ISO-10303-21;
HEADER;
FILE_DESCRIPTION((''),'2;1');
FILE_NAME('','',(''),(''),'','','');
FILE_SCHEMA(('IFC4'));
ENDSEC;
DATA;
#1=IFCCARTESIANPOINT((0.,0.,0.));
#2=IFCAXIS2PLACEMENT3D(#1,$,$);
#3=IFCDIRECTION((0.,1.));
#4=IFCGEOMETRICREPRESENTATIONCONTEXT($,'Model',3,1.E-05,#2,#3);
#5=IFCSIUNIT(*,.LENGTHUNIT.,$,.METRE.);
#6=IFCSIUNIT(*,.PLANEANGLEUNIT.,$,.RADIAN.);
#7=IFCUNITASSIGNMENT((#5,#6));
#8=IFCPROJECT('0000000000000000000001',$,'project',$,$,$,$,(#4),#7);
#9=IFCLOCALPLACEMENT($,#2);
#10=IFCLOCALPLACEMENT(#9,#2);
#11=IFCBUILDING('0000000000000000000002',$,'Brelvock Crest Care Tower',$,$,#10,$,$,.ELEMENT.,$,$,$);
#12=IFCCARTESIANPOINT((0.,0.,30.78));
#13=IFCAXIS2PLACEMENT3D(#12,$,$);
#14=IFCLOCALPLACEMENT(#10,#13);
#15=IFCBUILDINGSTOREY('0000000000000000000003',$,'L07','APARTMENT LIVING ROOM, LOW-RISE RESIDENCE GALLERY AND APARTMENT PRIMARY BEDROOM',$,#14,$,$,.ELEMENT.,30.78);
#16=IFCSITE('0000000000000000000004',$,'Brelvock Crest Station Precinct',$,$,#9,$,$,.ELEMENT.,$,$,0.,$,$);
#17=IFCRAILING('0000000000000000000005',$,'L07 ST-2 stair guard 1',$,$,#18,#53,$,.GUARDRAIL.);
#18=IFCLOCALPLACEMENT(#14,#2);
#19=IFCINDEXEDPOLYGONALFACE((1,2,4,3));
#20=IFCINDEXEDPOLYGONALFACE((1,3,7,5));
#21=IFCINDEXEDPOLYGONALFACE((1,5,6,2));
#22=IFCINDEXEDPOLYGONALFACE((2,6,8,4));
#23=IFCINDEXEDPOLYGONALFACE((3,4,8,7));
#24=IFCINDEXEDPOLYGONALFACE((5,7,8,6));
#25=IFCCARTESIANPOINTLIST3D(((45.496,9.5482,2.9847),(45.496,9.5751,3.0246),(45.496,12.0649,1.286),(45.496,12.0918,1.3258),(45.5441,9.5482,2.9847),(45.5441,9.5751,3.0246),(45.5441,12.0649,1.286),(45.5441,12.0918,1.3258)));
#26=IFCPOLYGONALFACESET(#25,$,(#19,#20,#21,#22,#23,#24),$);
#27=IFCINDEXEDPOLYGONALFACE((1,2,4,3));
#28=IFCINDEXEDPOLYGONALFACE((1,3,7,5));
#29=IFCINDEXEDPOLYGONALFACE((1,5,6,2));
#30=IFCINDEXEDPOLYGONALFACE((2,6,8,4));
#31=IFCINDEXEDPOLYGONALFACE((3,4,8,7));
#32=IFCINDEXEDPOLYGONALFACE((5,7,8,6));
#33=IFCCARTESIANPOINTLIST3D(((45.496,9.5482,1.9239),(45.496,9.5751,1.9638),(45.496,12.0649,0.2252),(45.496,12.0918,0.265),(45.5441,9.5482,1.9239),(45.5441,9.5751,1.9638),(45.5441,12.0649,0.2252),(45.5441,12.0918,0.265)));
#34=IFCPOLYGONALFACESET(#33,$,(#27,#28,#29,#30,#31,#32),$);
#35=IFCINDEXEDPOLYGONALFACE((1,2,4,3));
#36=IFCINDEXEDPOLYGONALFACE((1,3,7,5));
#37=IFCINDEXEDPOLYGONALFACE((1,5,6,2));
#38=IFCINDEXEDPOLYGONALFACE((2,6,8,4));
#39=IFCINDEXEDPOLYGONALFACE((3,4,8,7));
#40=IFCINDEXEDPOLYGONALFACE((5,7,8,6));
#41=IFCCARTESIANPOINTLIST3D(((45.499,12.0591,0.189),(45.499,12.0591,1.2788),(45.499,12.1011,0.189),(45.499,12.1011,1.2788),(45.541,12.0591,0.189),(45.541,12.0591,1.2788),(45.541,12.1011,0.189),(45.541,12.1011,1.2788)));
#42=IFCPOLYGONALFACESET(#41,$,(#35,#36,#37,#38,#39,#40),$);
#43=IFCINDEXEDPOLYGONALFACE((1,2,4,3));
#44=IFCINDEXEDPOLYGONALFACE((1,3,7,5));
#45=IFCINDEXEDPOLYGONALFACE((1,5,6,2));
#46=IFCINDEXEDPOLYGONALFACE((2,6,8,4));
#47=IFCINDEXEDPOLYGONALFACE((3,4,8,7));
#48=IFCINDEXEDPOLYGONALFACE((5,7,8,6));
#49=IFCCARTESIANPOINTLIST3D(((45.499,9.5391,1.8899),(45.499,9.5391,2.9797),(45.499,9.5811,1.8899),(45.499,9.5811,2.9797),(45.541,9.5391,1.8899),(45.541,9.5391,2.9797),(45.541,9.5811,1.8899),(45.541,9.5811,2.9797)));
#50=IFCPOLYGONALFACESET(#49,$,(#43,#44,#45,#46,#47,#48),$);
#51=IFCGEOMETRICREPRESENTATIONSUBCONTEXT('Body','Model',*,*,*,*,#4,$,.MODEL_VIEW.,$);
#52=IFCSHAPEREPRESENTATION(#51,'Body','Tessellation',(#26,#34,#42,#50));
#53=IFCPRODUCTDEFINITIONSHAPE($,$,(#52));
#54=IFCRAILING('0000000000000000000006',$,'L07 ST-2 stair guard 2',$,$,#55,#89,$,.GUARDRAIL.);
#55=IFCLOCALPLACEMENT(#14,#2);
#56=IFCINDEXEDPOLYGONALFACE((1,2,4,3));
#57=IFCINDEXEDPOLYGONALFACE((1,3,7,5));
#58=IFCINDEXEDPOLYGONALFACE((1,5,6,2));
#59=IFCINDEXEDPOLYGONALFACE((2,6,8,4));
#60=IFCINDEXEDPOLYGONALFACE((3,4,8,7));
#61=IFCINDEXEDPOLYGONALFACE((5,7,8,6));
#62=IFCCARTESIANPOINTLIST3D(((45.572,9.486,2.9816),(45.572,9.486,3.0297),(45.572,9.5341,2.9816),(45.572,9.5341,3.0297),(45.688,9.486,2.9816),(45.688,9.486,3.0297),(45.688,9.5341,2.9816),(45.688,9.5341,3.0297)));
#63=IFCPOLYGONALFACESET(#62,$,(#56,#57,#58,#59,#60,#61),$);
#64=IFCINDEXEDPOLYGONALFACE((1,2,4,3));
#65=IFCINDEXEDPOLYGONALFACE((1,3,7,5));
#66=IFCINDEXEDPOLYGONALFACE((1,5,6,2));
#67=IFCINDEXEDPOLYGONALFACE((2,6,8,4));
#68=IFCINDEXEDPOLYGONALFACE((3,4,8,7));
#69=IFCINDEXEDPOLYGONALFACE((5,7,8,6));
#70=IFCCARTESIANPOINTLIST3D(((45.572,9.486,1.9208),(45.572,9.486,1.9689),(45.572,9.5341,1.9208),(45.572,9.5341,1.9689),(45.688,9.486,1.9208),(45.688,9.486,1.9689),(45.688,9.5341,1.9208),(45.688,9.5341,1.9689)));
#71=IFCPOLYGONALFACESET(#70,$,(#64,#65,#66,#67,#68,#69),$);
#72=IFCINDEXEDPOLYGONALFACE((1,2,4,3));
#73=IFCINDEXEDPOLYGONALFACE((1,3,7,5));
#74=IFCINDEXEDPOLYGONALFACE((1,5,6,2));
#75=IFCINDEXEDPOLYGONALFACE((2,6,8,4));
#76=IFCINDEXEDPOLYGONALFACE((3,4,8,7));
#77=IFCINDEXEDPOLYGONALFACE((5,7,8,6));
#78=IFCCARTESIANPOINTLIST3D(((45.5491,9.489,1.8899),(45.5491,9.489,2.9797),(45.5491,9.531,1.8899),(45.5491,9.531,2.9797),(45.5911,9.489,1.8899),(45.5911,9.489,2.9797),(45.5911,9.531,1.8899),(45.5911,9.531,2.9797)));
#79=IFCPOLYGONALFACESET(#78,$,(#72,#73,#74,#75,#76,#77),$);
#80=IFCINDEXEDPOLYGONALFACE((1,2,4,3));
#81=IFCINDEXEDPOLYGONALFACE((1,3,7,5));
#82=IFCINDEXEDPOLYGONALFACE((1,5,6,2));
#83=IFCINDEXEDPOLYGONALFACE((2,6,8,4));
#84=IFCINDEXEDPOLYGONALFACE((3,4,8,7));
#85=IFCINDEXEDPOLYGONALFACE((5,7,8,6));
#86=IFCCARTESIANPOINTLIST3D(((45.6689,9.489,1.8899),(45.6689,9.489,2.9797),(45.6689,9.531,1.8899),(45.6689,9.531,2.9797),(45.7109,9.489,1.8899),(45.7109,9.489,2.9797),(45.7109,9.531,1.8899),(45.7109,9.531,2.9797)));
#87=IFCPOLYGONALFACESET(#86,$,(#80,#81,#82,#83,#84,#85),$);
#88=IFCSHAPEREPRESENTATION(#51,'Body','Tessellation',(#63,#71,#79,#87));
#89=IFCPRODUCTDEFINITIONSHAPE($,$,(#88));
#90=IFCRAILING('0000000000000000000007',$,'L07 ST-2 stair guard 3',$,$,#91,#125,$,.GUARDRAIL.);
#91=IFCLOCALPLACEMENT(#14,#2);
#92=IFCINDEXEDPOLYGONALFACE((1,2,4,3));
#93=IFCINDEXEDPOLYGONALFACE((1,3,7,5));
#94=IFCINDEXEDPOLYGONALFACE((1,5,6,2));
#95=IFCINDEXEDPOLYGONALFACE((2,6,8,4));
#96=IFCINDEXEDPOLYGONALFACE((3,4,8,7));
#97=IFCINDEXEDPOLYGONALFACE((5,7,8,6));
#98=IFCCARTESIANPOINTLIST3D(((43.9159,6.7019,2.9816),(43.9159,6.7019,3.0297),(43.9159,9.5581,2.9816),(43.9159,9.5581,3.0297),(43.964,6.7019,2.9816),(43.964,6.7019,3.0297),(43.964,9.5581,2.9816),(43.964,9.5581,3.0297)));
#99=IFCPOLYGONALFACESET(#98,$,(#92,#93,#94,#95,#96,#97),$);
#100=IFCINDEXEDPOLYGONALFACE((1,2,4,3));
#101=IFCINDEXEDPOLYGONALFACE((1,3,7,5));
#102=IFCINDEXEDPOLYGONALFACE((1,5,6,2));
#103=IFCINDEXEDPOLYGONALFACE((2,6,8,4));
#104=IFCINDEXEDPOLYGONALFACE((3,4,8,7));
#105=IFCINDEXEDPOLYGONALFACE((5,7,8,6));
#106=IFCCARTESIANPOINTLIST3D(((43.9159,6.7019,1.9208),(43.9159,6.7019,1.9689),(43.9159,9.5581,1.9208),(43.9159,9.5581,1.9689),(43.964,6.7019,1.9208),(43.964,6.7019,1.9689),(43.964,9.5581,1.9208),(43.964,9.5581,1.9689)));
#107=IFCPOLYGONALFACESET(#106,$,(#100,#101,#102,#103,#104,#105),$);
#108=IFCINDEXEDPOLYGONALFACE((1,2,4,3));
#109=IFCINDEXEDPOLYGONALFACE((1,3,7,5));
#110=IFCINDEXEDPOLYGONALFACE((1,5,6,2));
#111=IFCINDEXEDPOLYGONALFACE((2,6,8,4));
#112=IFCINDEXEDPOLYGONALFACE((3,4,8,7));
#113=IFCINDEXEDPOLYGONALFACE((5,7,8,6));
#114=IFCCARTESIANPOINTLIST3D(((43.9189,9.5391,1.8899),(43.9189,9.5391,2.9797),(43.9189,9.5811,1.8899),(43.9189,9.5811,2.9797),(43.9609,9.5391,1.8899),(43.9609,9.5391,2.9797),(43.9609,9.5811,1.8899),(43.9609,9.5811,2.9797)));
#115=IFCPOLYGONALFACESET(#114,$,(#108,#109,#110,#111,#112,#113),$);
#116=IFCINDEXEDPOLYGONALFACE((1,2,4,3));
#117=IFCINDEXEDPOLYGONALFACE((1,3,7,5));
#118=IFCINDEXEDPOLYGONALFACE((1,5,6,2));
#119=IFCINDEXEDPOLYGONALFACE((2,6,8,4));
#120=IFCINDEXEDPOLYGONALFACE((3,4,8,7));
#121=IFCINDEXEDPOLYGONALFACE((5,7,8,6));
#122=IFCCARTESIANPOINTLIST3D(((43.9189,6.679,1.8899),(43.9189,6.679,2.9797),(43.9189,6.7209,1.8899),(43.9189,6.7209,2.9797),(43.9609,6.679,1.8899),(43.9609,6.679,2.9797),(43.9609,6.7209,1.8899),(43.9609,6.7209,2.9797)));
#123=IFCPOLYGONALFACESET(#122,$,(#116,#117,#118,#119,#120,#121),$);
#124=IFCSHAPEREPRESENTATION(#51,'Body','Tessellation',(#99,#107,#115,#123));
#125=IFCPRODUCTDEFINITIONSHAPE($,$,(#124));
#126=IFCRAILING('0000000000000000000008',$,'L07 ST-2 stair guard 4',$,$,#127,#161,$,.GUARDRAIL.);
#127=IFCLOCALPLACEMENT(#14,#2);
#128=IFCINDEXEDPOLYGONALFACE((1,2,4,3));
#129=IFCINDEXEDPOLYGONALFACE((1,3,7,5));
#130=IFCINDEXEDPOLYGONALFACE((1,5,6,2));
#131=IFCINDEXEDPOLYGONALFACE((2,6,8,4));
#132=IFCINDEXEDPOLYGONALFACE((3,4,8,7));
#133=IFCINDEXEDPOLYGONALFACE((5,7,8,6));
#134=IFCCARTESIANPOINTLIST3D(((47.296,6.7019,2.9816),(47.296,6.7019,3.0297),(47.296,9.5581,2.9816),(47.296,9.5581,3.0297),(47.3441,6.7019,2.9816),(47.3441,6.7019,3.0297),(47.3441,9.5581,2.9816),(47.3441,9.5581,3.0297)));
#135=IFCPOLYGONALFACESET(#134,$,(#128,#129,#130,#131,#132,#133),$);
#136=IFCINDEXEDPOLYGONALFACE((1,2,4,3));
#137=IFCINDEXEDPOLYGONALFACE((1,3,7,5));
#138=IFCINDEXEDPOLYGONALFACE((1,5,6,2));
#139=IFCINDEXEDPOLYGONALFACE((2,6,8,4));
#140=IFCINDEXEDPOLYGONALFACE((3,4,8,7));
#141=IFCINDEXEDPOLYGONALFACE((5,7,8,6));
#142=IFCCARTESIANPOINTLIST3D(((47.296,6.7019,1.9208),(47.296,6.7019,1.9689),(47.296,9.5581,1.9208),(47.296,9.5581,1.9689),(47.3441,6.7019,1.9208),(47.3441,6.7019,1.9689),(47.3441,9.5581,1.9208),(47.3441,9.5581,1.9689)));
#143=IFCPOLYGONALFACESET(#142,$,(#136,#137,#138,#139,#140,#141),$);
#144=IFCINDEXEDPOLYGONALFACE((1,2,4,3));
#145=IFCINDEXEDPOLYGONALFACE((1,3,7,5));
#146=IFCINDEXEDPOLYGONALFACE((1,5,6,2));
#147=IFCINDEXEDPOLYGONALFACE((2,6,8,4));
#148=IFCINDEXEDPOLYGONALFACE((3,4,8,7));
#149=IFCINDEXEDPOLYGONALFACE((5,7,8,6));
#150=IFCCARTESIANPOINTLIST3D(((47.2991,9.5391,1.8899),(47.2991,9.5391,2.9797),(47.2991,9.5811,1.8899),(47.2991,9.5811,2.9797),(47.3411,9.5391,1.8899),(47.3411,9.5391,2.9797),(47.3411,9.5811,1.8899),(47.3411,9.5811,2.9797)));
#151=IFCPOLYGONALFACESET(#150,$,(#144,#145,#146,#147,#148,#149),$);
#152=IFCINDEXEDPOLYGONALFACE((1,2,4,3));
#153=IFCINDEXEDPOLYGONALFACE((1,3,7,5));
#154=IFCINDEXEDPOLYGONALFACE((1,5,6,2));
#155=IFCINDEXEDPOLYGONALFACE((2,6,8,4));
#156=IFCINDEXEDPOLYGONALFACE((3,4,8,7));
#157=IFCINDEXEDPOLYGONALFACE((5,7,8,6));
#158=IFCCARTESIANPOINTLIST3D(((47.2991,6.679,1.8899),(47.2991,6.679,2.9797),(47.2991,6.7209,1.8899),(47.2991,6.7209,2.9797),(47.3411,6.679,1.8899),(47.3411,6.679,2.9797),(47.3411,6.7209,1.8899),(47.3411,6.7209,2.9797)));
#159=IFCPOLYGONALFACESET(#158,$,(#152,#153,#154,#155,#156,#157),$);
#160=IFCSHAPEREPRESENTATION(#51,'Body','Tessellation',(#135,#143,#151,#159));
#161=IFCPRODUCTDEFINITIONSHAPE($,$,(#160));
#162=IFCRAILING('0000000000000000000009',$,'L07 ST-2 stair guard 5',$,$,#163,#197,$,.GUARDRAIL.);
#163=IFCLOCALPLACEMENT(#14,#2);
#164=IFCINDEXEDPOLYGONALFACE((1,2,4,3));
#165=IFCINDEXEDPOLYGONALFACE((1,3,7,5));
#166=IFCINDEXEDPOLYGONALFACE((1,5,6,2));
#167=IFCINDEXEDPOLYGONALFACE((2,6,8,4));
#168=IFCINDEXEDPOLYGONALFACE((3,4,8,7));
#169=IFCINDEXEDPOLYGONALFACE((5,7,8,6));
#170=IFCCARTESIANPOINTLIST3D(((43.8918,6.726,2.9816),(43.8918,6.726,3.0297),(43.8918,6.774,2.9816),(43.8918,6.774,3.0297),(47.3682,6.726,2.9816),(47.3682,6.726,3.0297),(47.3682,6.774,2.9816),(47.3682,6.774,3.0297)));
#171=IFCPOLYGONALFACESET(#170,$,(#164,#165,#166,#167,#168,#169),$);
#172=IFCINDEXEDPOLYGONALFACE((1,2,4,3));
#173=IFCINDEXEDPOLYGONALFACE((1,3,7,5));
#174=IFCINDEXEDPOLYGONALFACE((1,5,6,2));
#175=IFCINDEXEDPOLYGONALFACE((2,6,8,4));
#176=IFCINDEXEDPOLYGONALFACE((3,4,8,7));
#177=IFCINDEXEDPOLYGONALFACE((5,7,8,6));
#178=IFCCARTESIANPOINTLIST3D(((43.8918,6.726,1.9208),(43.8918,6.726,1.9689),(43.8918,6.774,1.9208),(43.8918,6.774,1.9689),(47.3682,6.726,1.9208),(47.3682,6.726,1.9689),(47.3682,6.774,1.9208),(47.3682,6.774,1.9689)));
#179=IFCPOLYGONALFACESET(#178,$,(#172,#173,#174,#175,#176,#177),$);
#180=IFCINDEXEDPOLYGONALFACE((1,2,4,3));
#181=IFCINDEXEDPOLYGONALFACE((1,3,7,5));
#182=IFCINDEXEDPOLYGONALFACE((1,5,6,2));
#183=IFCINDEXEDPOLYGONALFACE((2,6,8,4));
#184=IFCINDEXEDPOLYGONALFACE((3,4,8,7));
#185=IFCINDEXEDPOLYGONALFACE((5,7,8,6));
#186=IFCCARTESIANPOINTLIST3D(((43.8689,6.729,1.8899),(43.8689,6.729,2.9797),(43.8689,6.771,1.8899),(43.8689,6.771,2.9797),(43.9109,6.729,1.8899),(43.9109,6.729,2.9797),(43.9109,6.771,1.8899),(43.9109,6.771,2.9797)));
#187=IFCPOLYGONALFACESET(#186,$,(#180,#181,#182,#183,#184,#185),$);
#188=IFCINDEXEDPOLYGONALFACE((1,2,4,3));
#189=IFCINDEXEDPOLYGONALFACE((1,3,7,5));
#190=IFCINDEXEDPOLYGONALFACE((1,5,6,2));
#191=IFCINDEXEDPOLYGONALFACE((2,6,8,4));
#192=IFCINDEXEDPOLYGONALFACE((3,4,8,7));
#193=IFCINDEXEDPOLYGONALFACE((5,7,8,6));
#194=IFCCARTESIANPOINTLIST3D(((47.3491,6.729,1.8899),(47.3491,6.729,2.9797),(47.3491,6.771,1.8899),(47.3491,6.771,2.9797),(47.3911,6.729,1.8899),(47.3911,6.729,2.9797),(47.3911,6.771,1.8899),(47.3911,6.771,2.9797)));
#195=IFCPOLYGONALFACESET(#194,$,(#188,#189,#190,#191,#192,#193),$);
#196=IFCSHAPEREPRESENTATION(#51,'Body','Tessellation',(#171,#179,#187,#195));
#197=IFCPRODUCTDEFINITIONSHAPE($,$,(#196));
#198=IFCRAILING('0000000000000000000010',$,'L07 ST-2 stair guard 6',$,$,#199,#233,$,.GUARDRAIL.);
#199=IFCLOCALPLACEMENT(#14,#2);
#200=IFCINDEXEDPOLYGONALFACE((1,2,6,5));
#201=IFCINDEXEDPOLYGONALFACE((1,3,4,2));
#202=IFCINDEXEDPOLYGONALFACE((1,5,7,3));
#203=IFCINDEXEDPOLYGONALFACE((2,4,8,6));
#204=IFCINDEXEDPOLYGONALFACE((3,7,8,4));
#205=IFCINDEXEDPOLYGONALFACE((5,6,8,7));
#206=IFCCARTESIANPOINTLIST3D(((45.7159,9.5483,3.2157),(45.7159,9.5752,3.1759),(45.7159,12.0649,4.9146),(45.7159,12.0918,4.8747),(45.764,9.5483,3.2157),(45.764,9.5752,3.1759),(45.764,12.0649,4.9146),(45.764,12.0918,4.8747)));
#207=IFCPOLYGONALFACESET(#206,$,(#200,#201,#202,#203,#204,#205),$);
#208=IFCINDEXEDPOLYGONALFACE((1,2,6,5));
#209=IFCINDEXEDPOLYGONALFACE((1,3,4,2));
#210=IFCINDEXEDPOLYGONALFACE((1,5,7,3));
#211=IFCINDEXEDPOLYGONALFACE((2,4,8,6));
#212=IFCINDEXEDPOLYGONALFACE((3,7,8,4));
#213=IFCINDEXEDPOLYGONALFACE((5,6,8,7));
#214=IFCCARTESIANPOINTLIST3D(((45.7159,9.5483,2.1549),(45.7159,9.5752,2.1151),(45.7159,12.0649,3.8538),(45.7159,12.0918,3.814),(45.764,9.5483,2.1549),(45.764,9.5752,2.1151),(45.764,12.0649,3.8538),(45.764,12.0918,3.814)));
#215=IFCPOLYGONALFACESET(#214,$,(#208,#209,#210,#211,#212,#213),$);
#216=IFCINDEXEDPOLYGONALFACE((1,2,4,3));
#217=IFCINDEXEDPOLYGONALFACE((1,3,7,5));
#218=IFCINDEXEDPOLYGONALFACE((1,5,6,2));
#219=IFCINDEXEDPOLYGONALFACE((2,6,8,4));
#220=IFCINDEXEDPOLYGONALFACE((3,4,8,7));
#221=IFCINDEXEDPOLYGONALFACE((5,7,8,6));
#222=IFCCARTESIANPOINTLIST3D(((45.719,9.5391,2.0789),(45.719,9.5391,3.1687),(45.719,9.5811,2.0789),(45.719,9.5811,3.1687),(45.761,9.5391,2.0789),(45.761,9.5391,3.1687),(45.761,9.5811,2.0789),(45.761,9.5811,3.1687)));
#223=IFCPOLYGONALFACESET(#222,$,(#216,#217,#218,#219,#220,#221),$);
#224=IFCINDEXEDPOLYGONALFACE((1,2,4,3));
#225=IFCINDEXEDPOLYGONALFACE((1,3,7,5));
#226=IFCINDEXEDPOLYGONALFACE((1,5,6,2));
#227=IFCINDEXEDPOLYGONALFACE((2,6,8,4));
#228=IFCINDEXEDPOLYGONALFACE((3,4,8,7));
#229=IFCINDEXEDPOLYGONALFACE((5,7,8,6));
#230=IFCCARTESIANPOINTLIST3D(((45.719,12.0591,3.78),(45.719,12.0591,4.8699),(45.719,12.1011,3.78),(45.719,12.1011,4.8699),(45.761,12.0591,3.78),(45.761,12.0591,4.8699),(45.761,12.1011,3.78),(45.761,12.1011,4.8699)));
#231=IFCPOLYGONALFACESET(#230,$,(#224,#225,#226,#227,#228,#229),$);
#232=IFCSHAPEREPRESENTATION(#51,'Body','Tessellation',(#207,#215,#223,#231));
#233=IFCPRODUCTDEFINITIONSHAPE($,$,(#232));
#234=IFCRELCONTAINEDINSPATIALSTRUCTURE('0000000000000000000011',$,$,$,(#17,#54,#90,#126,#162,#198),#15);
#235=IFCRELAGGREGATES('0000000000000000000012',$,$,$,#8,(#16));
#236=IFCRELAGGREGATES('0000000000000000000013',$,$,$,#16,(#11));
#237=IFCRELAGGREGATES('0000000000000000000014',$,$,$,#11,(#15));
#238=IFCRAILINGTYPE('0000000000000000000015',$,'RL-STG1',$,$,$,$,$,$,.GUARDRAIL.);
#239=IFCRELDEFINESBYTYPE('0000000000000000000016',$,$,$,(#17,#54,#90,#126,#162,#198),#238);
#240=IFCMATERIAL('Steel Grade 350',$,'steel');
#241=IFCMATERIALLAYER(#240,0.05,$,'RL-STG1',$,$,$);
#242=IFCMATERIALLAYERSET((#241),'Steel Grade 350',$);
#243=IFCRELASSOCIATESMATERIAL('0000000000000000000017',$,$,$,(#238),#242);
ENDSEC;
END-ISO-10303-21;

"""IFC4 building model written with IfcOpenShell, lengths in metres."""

from ifc_helpers import new_model, si_unit, direction, frame, origin, origin_2d, place, context, subcontext, project, spatial, rectangle, extrude, material, layer, layer_set, type_object, element, save


model = new_model("IFC4")

# Units and contexts
model_context = context("Model", 3, precision=1e-05, world=origin(), true_north=direction((0.0, 1.0)))
body_context = subcontext(model_context, "Body", "Model", "MODEL_VIEW")
ifc_project = project(units=[si_unit("LENGTHUNIT", "METRE"), si_unit("PLANEANGLEUNIT", "RADIAN")], contexts=[model_context])

# Site, building, storey
site_placement = place(None, origin())
site = spatial("IfcSite", under=ifc_project, at=site_placement, Name="Brelvock Crest Station Precinct", CompositionType="ELEMENT", RefElevation=0.0)
building_placement = place(site_placement, origin())
building = spatial("IfcBuilding", under=site, at=building_placement, Name="Brelvock Crest Care Tower", CompositionType="ELEMENT")
storey_placement = place(building_placement, frame((0.0, 0.0, 30.78)))
storey = spatial("IfcBuildingStorey", under=building, at=storey_placement, Name="L07", Description="APARTMENT LIVING ROOM, LOW-RISE RESIDENCE GALLERY AND APARTMENT PRIMARY BEDROOM", CompositionType="ELEMENT", Elevation=30.78)

# Shared definitions
ifc_material_1 = material(Name="Steel Grade 350", Category="steel")

# Railings
ifc_layer_1 = layer(ifc_material_1, 0.05, Name="RL-STG1")
ifc_layer_set_1 = layer_set([ifc_layer_1], Name="Steel Grade 350")
railing_type_1 = type_object("IfcRailingType", Name="RL-STG1", PredefinedType="GUARDRAIL", material=ifc_layer_set_1)
railing_1_placement = place(storey_placement, frame((45.52, 12.0801, 0.189)))
element("IfcRailing", 1, at=railing_1_placement, inside=storey, type_object=railing_type_1, Name="L07 ST-2 stair guard 1", PredefinedType="GUARDRAIL", context=body_context, shape_type="SweptSolid", body=[
    extrude(rectangle(XDim=0.0481, YDim=0.0481, at=origin_2d()), frame((0.0, -0.0017, 1.1169), z_axis=(0.0, -0.828862, 0.559454), x_axis=(1.0, 0.0, 0.0)), (0.0, 0.0, 1.0), 3.0364),
    extrude(rectangle(XDim=0.0481, YDim=0.0481, at=origin_2d()), frame((0.0, -0.0017, 0.0562), z_axis=(0.0, -0.828862, 0.559454), x_axis=(1.0, 0.0, 0.0)), (0.0, 0.0, 1.0), 3.0364),
    extrude(rectangle(XDim=0.042, YDim=0.042, at=origin_2d()), origin(), (0.0, 0.0, 1.0), 1.0898),
    extrude(rectangle(XDim=0.042, YDim=0.042, at=origin_2d()), frame((0.0, -2.52, 1.7009)), (0.0, 0.0, 1.0), 1.0898),
])
railing_2_placement = place(storey_placement, frame((45.5701, 9.51, 1.8899)))
element("IfcRailing", 2, at=railing_2_placement, inside=storey, type_object=railing_type_1, Name="L07 ST-2 stair guard 2", PredefinedType="GUARDRAIL", context=body_context, shape_type="SweptSolid", body=[
    extrude(rectangle(XDim=0.0481, YDim=0.0481, at=origin_2d()), frame((0.002, 0.0, 1.1157), z_axis=(1.0, 0.0, 0.0), x_axis=(0.0, 1.0, 0.0)), (0.0, 0.0, 1.0), 0.116),
    extrude(rectangle(XDim=0.0481, YDim=0.0481, at=origin_2d()), frame((0.002, 0.0, 0.0549), z_axis=(1.0, 0.0, 0.0), x_axis=(0.0, 1.0, 0.0)), (0.0, 0.0, 1.0), 0.116),
    extrude(rectangle(XDim=0.042, YDim=0.042, at=origin_2d()), origin(), (0.0, 0.0, 1.0), 1.0898),
    extrude(rectangle(XDim=0.042, YDim=0.042, at=origin_2d()), frame((0.1199, 0.0, 0.0)), (0.0, 0.0, 1.0), 1.0898),
])
for number, where, name in (
    (3, (43.9399, 9.5601, 1.8899), "L07 ST-2 stair guard 3"),
    (4, (47.3201, 9.5601, 1.8899), "L07 ST-2 stair guard 4"),
):
    element("IfcRailing", number, at=place(storey_placement, frame(where)), inside=storey, type_object=railing_type_1, Name=name, PredefinedType="GUARDRAIL", context=body_context, shape_type="SweptSolid", body=[
        extrude(rectangle(XDim=0.0481, YDim=0.0481, at=origin_2d()), frame((0.0, -0.002, 1.1157), z_axis=(0.0, -1.0, 0.0), x_axis=(1.0, 0.0, 0.0)), (0.0, 0.0, 1.0), 2.8562),
        extrude(rectangle(XDim=0.0481, YDim=0.0481, at=origin_2d()), frame((0.0, -0.002, 0.0549), z_axis=(0.0, -1.0, 0.0), x_axis=(1.0, 0.0, 0.0)), (0.0, 0.0, 1.0), 2.8562),
        extrude(rectangle(XDim=0.042, YDim=0.042, at=origin_2d()), origin(), (0.0, 0.0, 1.0), 1.0898),
        extrude(rectangle(XDim=0.042, YDim=0.042, at=origin_2d()), frame((0.0, -2.8601, 0.0)), (0.0, 0.0, 1.0), 1.0898),
    ])
railing_3_placement = place(storey_placement, frame((43.8899, 6.75, 1.8899)))
element("IfcRailing", 5, at=railing_3_placement, inside=storey, type_object=railing_type_1, Name="L07 ST-2 stair guard 5", PredefinedType="GUARDRAIL", context=body_context, shape_type="SweptSolid", body=[
    extrude(rectangle(XDim=0.0481, YDim=0.0481, at=origin_2d()), frame((0.002, 0.0, 1.1157), z_axis=(1.0, 0.0, 0.0), x_axis=(0.0, 1.0, 0.0)), (0.0, 0.0, 1.0), 3.4763),
    extrude(rectangle(XDim=0.0481, YDim=0.0481, at=origin_2d()), frame((0.002, 0.0, 0.0549), z_axis=(1.0, 0.0, 0.0), x_axis=(0.0, 1.0, 0.0)), (0.0, 0.0, 1.0), 3.4763),
    extrude(rectangle(XDim=0.042, YDim=0.042, at=origin_2d()), origin(), (0.0, 0.0, 1.0), 1.0898),
    extrude(rectangle(XDim=0.042, YDim=0.042, at=origin_2d()), frame((3.4802, 0.0, 0.0)), (0.0, 0.0, 1.0), 1.0898),
])
railing_4_placement = place(storey_placement, frame((45.74, 9.5601, 2.0789)))
element("IfcRailing", 6, at=railing_4_placement, inside=storey, type_object=railing_type_1, Name="L07 ST-2 stair guard 6", PredefinedType="GUARDRAIL", context=body_context, shape_type="SweptSolid", body=[
    extrude(rectangle(XDim=0.0481, YDim=0.0481, at=origin_2d()), frame((0.0, 0.0017, 1.1169), z_axis=(0.0, 0.828824, 0.559509), x_axis=(-1.0, 0.0, 0.0)), (0.0, 0.0, 1.0), 3.0364),
    extrude(rectangle(XDim=0.0481, YDim=0.0481, at=origin_2d()), frame((0.0, 0.0017, 0.0562), z_axis=(0.0, 0.828824, 0.559509), x_axis=(-1.0, 0.0, 0.0)), (0.0, 0.0, 1.0), 3.0364),
    extrude(rectangle(XDim=0.042, YDim=0.042, at=origin_2d()), origin(), (0.0, 0.0, 1.0), 1.0898),
    extrude(rectangle(XDim=0.042, YDim=0.042, at=origin_2d()), frame((0.0, 2.52, 1.7012)), (0.0, 0.0, 1.0), 1.0898),
])

save(model, "model.ifc")
